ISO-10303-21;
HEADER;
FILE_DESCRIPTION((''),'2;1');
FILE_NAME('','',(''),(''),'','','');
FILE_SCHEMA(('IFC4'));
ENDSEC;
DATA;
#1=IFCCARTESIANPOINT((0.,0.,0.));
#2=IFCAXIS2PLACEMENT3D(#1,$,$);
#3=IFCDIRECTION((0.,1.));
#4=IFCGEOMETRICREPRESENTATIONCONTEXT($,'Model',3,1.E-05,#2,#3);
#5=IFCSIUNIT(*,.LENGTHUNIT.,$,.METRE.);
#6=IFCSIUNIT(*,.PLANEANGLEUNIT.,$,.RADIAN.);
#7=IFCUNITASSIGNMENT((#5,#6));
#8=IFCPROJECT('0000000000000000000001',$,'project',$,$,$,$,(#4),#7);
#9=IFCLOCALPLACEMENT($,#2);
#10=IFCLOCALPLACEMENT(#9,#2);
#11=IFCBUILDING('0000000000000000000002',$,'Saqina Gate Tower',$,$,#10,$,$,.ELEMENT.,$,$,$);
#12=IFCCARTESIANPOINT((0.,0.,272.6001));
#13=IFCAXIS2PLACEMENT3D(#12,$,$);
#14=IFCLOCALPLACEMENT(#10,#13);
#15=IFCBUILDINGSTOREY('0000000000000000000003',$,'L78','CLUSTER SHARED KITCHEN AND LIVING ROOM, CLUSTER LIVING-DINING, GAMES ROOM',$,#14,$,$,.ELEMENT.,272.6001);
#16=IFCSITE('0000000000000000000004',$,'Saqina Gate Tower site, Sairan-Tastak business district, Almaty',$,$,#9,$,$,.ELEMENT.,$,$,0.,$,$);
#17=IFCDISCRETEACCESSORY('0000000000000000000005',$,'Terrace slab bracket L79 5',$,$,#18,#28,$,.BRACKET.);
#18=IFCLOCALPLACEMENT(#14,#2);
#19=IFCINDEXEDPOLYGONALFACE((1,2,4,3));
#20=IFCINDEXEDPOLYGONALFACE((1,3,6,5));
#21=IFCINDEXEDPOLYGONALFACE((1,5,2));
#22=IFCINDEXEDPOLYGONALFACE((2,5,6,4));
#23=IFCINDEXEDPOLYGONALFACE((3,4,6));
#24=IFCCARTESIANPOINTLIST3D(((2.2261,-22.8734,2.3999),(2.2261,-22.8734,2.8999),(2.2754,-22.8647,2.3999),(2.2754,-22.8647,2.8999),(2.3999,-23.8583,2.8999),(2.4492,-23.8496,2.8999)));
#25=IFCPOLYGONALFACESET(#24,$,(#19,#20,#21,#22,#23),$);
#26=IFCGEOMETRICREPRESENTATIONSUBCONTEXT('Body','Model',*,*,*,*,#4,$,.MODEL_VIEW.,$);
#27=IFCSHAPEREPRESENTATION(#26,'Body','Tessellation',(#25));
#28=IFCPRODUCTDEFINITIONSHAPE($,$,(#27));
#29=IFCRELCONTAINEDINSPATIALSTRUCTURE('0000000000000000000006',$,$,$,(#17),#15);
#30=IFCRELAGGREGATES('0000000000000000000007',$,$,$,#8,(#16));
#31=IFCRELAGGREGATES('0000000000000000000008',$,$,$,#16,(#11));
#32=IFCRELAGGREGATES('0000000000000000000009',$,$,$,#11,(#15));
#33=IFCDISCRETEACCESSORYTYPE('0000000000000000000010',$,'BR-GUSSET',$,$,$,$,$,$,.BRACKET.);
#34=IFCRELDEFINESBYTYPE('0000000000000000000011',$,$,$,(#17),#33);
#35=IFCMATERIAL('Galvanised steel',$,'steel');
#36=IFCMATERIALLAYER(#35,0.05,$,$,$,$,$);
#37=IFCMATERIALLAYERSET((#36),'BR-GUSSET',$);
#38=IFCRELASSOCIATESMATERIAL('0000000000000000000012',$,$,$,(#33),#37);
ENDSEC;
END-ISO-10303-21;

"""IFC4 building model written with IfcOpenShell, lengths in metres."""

from ifc_helpers import new_model, si_unit, direction, frame, origin, place, context, subcontext, project, spatial, polyline, outline, extrude, material, layer, layer_set, type_object, element, save


model = new_model("IFC4")

# Units and contexts
model_context = context("Model", 3, precision=1e-05, world=origin(), true_north=direction((0.0, 1.0)))
body_context = subcontext(model_context, "Body", "Model", "MODEL_VIEW")
ifc_project = project(units=[si_unit("LENGTHUNIT", "METRE"), si_unit("PLANEANGLEUNIT", "RADIAN")], contexts=[model_context])

# Site, building, storey
site_placement = place(None, origin())
site = spatial("IfcSite", under=ifc_project, at=site_placement, Name="Saqina Gate Tower site, Sairan-Tastak business district, Almaty", CompositionType="ELEMENT", RefElevation=0.0)
building_placement = place(site_placement, origin())
building = spatial("IfcBuilding", under=site, at=building_placement, Name="Saqina Gate Tower", CompositionType="ELEMENT")
storey_placement = place(building_placement, frame((0.0, 0.0, 272.6001)))
storey = spatial("IfcBuildingStorey", under=building, at=storey_placement, Name="L78", Description="CLUSTER SHARED KITCHEN AND LIVING ROOM, CLUSTER LIVING-DINING, GAMES ROOM", CompositionType="ELEMENT", Elevation=272.6001)

# Discrete accessory
ifc_material_1 = material(Name="Galvanised steel", Category="steel")
ifc_layer_1 = layer(ifc_material_1, 0.05)
ifc_layer_set_1 = layer_set([ifc_layer_1], Name="BR-GUSSET")
discrete_accessory_type = type_object("IfcDiscreteAccessoryType", Name="BR-GUSSET", PredefinedType="BRACKET", material=ifc_layer_set_1)
discrete_accessory_placement = place(storey_placement, frame((2.2754, -22.8647, 2.3999), z_axis=(0.984779, 0.173813, 0.0), x_axis=(0.0, 0.0, 1.0)))
element("IfcDiscreteAccessory", 1, at=discrete_accessory_placement, inside=storey, type_object=discrete_accessory_type, Name="Terrace slab bracket L79 5", PredefinedType="BRACKET", context=body_context, shape_type="SweptSolid", body=[
    extrude(outline(polyline([(0.0, 0.0), (0.5, 0.0), (0.5, 1.0001), (0.0, 0.0)])), origin(), (0.0, 0.0, -1.0), 0.05),
])

save(model, "model.ifc")
